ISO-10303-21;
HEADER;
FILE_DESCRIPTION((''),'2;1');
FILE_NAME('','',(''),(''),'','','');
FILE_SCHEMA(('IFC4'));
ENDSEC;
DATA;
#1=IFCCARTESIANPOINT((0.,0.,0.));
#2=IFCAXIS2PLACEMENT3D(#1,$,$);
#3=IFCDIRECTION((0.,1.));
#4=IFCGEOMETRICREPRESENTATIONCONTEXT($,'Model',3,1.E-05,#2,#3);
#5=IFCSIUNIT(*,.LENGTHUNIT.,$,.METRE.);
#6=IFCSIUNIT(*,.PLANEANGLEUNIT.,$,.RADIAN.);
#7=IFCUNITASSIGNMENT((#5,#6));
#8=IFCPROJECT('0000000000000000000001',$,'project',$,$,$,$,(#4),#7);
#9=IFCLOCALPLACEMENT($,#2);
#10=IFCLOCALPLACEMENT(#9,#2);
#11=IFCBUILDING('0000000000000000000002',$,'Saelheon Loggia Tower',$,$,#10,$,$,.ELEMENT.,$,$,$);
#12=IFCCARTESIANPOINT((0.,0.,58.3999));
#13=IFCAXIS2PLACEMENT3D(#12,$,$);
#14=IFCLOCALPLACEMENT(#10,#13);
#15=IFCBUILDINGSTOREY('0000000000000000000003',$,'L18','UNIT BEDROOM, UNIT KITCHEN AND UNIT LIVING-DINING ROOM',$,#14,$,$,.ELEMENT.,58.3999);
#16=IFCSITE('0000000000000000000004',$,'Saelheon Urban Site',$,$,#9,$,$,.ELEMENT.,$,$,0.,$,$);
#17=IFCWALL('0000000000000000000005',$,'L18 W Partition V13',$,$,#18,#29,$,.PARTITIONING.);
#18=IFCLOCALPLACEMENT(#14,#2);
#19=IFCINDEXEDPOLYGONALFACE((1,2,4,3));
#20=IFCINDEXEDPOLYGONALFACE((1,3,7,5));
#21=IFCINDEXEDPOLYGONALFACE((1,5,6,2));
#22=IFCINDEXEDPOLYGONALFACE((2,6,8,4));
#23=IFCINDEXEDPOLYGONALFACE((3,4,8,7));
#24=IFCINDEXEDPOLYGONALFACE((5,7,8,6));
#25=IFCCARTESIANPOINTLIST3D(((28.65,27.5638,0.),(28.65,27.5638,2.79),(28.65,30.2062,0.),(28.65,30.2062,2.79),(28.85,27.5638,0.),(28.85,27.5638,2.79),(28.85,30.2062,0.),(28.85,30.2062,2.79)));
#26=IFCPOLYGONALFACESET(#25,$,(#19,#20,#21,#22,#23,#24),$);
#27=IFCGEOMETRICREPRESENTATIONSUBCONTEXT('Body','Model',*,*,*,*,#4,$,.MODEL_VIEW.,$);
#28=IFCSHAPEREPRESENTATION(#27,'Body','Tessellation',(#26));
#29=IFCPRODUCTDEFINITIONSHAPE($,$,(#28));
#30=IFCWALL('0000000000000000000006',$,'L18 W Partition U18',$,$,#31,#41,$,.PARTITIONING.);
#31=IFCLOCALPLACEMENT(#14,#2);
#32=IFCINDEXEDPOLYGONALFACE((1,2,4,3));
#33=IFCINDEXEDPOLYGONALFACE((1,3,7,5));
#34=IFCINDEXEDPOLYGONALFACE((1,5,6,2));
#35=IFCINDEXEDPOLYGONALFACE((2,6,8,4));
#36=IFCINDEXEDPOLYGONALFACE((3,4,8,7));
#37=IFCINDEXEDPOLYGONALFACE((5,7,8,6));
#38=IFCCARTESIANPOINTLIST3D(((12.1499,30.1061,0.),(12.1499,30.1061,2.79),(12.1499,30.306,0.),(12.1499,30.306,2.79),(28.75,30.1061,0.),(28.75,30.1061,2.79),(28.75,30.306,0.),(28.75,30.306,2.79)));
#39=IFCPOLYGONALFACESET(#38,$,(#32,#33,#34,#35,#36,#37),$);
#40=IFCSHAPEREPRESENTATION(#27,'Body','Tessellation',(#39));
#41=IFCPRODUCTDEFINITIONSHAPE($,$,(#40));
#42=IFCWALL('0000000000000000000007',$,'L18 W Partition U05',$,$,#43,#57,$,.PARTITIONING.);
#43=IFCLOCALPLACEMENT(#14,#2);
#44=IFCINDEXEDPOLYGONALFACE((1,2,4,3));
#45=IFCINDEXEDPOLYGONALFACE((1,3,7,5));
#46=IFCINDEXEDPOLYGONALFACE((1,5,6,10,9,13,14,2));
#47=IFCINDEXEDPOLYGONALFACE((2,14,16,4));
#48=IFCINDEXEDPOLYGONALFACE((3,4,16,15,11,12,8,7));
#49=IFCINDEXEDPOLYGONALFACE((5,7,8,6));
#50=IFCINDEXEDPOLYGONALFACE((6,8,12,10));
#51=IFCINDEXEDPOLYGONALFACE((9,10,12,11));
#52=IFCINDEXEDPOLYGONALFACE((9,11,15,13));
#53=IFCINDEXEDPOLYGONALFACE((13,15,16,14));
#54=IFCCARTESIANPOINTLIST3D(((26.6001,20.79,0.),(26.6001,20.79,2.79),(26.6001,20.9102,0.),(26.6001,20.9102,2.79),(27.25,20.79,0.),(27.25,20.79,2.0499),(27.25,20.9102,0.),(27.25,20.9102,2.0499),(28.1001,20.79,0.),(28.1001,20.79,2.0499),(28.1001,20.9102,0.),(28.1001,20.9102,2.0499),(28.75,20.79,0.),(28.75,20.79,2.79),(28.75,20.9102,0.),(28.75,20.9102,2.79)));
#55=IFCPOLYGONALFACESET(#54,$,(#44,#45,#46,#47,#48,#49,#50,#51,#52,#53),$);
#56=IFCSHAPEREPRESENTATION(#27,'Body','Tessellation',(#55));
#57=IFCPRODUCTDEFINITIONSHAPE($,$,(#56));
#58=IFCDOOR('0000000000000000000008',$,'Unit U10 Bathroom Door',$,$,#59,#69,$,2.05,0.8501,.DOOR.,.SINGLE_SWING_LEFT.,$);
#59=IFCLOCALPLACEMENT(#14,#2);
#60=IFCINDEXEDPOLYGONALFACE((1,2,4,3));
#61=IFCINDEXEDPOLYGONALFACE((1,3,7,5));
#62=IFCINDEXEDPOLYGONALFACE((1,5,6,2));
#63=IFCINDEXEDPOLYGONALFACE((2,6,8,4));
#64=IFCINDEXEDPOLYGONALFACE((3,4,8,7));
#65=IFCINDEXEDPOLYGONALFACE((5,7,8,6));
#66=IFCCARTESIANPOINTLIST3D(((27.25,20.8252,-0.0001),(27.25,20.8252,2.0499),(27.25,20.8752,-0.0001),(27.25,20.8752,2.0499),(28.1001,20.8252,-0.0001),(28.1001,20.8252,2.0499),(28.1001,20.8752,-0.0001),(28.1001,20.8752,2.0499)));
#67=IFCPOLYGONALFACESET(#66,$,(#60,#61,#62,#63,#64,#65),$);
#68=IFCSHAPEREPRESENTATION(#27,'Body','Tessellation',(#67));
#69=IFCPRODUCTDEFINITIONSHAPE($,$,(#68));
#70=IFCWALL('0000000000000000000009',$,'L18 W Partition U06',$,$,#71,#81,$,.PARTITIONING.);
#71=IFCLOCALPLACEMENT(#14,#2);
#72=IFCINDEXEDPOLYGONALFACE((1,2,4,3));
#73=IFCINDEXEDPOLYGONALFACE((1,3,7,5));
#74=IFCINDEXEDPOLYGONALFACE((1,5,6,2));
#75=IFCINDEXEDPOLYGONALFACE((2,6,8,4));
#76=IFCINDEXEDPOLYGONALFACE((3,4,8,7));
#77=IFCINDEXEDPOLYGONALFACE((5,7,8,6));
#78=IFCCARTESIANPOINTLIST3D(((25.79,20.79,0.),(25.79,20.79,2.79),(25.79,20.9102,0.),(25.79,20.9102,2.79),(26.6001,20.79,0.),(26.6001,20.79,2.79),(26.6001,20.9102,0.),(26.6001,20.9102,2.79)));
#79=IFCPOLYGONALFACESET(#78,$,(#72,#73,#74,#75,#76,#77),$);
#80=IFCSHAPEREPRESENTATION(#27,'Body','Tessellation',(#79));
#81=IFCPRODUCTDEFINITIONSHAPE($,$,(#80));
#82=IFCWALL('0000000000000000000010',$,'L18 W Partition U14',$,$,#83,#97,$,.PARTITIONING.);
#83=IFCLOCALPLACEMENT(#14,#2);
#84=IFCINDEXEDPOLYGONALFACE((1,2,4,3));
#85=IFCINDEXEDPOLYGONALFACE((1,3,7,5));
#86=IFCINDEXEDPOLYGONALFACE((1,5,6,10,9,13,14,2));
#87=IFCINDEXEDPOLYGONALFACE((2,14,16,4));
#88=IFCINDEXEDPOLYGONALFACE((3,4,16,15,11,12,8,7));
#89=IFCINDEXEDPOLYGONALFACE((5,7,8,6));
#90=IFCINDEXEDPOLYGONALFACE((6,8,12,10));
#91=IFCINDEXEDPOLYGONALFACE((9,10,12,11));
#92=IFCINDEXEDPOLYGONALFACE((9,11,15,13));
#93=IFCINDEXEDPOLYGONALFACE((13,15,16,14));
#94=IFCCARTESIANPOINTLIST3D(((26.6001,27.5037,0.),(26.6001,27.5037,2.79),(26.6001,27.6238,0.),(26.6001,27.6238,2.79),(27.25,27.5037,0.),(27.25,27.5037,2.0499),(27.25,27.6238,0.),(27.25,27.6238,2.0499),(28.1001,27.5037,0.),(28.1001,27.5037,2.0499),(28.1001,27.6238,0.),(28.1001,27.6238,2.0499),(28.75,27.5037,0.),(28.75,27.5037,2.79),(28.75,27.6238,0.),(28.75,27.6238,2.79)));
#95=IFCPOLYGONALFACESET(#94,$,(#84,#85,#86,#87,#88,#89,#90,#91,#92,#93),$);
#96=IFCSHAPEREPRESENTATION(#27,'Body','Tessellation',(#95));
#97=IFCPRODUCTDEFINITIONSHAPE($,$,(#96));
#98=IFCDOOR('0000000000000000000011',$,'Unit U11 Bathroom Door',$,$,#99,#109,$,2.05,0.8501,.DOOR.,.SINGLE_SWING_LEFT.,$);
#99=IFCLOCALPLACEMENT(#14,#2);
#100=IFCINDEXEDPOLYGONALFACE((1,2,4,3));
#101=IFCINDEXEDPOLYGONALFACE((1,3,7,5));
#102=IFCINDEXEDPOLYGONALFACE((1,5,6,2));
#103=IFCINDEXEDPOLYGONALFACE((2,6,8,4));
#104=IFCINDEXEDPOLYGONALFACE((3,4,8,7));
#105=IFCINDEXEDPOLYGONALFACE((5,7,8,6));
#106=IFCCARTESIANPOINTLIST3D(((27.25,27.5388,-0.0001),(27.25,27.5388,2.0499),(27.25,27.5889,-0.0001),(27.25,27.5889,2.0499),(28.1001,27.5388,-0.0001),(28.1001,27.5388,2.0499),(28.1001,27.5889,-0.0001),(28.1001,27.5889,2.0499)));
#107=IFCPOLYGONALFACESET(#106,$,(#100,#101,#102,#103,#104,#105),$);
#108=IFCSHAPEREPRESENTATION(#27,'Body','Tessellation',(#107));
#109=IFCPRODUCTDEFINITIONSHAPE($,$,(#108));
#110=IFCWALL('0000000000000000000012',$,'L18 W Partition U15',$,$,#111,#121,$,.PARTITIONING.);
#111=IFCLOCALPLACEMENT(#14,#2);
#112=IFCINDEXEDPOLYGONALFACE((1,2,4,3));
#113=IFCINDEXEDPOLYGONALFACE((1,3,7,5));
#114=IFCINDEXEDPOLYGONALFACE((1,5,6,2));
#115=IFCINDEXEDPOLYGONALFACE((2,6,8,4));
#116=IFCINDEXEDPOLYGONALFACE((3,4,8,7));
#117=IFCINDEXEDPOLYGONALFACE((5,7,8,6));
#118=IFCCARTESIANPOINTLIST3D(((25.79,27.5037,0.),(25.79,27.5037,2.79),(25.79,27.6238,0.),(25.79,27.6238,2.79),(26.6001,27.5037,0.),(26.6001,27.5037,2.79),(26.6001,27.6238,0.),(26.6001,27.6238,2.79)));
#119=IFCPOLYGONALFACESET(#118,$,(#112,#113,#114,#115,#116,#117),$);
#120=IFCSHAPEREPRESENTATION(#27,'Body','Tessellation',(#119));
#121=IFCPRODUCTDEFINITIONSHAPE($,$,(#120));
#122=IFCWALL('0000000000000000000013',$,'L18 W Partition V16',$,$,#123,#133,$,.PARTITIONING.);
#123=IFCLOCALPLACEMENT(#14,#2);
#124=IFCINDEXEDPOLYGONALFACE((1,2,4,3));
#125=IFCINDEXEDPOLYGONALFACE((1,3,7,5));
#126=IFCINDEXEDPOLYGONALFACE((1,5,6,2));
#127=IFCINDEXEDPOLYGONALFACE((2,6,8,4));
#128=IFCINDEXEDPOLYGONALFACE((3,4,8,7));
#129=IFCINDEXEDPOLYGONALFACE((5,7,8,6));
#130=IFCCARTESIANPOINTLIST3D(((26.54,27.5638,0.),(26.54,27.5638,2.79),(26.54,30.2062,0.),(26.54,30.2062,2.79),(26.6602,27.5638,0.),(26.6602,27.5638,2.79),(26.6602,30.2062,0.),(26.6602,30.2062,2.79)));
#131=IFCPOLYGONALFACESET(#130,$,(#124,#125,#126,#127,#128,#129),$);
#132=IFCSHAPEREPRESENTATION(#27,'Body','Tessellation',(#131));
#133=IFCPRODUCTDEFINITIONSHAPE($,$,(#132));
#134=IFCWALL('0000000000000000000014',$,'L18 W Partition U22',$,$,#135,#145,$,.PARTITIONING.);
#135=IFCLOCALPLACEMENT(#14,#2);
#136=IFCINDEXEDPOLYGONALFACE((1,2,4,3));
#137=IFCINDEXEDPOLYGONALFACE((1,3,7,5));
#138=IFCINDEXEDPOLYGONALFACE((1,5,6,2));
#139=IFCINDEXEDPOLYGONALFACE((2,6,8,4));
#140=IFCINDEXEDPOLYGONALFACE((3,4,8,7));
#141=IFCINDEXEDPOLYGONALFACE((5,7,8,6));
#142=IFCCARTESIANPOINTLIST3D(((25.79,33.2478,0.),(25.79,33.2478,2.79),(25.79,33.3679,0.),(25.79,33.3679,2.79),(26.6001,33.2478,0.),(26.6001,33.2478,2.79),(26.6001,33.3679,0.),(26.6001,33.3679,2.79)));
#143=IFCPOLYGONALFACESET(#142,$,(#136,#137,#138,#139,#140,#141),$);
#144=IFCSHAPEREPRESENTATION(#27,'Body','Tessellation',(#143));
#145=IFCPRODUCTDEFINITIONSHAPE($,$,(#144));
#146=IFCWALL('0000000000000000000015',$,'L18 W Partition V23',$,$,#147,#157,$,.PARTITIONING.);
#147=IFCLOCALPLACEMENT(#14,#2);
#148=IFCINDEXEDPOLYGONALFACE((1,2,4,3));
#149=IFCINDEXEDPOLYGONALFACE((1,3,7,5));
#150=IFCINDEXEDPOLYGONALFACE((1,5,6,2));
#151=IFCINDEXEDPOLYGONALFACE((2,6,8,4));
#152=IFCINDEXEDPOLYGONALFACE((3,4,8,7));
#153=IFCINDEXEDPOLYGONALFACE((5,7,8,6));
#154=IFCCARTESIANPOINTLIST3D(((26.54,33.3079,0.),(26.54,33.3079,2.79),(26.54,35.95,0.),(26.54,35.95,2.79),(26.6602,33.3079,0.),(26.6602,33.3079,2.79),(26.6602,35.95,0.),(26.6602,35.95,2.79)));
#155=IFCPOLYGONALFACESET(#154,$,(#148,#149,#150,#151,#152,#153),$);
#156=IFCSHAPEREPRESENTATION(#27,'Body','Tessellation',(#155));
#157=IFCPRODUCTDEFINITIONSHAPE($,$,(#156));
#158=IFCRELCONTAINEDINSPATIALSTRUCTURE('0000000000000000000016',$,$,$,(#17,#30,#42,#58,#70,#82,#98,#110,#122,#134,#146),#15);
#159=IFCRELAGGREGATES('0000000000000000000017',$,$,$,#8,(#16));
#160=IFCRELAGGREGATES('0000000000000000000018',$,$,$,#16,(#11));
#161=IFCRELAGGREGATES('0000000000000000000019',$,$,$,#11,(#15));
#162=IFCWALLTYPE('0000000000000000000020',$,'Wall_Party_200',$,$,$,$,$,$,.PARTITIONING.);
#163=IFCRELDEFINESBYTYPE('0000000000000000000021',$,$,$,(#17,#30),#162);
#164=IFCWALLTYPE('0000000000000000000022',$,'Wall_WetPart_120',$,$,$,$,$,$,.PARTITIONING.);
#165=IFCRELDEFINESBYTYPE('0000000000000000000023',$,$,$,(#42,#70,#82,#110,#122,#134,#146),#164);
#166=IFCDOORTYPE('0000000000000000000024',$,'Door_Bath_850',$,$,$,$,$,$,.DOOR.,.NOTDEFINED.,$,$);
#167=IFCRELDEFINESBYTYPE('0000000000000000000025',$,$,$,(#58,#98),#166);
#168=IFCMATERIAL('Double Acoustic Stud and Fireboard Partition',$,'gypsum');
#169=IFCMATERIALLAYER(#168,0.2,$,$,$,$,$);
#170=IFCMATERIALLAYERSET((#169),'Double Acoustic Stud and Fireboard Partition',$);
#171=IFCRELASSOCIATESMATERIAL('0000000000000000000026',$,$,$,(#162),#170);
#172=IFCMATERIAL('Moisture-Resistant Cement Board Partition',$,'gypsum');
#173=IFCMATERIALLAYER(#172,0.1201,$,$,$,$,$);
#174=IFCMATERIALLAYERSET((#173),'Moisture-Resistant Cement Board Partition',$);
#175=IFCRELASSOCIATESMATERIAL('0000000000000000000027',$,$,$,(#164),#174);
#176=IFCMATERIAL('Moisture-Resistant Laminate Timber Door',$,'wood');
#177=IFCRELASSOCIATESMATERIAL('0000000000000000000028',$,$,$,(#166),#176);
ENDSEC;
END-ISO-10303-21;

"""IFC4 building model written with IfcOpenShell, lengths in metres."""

from ifc_helpers import new_model, si_unit, direction, frame, frame_2d, origin, place, context, subcontext, project, spatial, rectangle, extrude, source, transform, mapped, material, layer, layer_set, type_object, element, fill, save


model = new_model("IFC4")

# Units and contexts
model_context = context("Model", 3, precision=1e-05, world=origin(), true_north=direction((0.0, 1.0)))
body_context = subcontext(model_context, "Body", "Model", "MODEL_VIEW")
ifc_project = project(units=[si_unit("LENGTHUNIT", "METRE"), si_unit("PLANEANGLEUNIT", "RADIAN")], contexts=[model_context])

# Site, building, storey
site_placement = place(None, origin())
site = spatial("IfcSite", under=ifc_project, at=site_placement, Name="Saelheon Urban Site", CompositionType="ELEMENT", RefElevation=0.0)
building_placement = place(site_placement, origin())
building = spatial("IfcBuilding", under=site, at=building_placement, Name="Saelheon Loggia Tower", CompositionType="ELEMENT")
storey_placement = place(building_placement, frame((0.0, 0.0, 58.3999)))
storey = spatial("IfcBuildingStorey", under=building, at=storey_placement, Name="L18", Description="UNIT BEDROOM, UNIT KITCHEN AND UNIT LIVING-DINING ROOM", CompositionType="ELEMENT", Elevation=58.3999)

# Shared definitions
ifc_material_1 = material(Name="Double Acoustic Stud and Fireboard Partition", Category="gypsum")
ifc_layer_1 = layer(ifc_material_1, 0.2)
ifc_layer_set_1 = layer_set([ifc_layer_1], Name="Double Acoustic Stud and Fireboard Partition")
wall_type_1 = type_object("IfcWallType", Name="Wall_Party_200", PredefinedType="PARTITIONING", material=ifc_layer_set_1)

# Walls
wall_1_placement = place(storey_placement, frame((28.75, 27.5637, 0.0), z_axis=(0.0, 0.0, 1.0), x_axis=(0.0, 1.0, 0.0)))
element("IfcWall", 1, at=wall_1_placement, inside=storey, type_object=wall_type_1, Name="L18 W Partition V13", PredefinedType="PARTITIONING", context=body_context, shape_type="SweptSolid", body=[
    extrude(rectangle(XDim=2.6423, YDim=0.2, at=frame_2d((1.3213, 0.0))), origin(), (0.0, 0.0, 1.0), 2.79),
])
wall_2_placement = place(storey_placement, frame((28.75, 30.2061, 0.0), z_axis=(0.0, 0.0, 1.0), x_axis=(-1.0, 0.0, 0.0)))
element("IfcWall", 2, at=wall_2_placement, inside=storey, type_object=wall_type_1, Name="L18 W Partition U18", PredefinedType="PARTITIONING", context=body_context, shape_type="SweptSolid", body=[
    extrude(rectangle(XDim=16.6001, YDim=0.2, at=frame_2d((8.3, 0.0))), origin(), (0.0, 0.0, 1.0), 2.79),
])

# Wall, opening, door
ifc_material_2 = material(Name="Moisture-Resistant Cement Board Partition", Category="gypsum")
ifc_layer_2 = layer(ifc_material_2, 0.1201)
ifc_layer_set_2 = layer_set([ifc_layer_2], Name="Moisture-Resistant Cement Board Partition")
wall_type_2 = type_object("IfcWallType", Name="Wall_WetPart_120", PredefinedType="PARTITIONING", material=ifc_layer_set_2)
wall_3_placement = place(storey_placement, frame((28.75, 20.8501, 0.0), z_axis=(0.0, 0.0, 1.0), x_axis=(-1.0, 0.0, 0.0)))
wall_3 = element("IfcWall", 3, at=wall_3_placement, inside=storey, type_object=wall_type_2, Name="L18 W Partition U05", PredefinedType="PARTITIONING", context=body_context, shape_type="SweptSolid", body=[
    extrude(rectangle(XDim=2.1499, YDim=0.1201, at=frame_2d((1.075, 0.0))), origin(), (0.0, 0.0, 1.0), 2.79),
])
opening_1_placement = place(wall_3_placement, frame((0.6499, 0.0, 0.0)))
opening_1 = element("IfcOpeningElement", 4, at=opening_1_placement, cuts=wall_3, PredefinedType="OPENING", context=body_context, shape_type="SweptSolid", body=[
    extrude(rectangle(XDim=0.8501, YDim=2.05, at=frame_2d((0.425, 1.0249))), frame((0.0, 0.072, 0.0), z_axis=(0.0, -1.0, 0.0), x_axis=(1.0, 0.0, 0.0)), (0.0, 0.0, 1.0), 0.144),
])
ifc_material_3 = material(Name="Moisture-Resistant Laminate Timber Door", Category="wood")
door_type_1 = type_object("IfcDoorType", Name="Door_Bath_850", OperationType="NOTDEFINED", PredefinedType="DOOR", material=ifc_material_3)
shared_shape_1 = source(origin(), body_context, "Body", "SweptSolid", [
    extrude(rectangle(XDim=0.8501, YDim=2.05, at=frame_2d((0.425, 1.0249))), frame((0.0, 0.0249, 0.0), z_axis=(0.0, -1.0, 0.0), x_axis=(1.0, 0.0, 0.0)), (0.0, 0.0, 1.0), 0.05),
])
door_1_placement = place(opening_1_placement, origin())
door_1 = element("IfcDoor", 5, at=door_1_placement, inside=storey, type_object=door_type_1, Name="Unit U10 Bathroom Door", OperationType="SINGLE_SWING_LEFT", OverallHeight=2.05, OverallWidth=0.8501, PredefinedType="DOOR", context=body_context, shape_type="MappedRepresentation", body=[
    mapped(shared_shape_1, transform((0.0, 0.0, 0.0), scale=1.0)),
])
fill(opening_1, door_1)

# Wall
wall_4_placement = place(storey_placement, frame((26.6001, 20.8501, 0.0), z_axis=(0.0, 0.0, 1.0), x_axis=(-1.0, 0.0, 0.0)))
element("IfcWall", 6, at=wall_4_placement, inside=storey, type_object=wall_type_2, Name="L18 W Partition U06", PredefinedType="PARTITIONING", context=body_context, shape_type="SweptSolid", body=[
    extrude(rectangle(XDim=0.8101, YDim=0.1201, at=frame_2d((0.405, 0.0))), origin(), (0.0, 0.0, 1.0), 2.79),
])

# Wall, opening, door
wall_5_placement = place(storey_placement, frame((28.75, 27.5637, 0.0), z_axis=(0.0, 0.0, 1.0), x_axis=(-1.0, 0.0, 0.0)))
wall_5 = element("IfcWall", 7, at=wall_5_placement, inside=storey, type_object=wall_type_2, Name="L18 W Partition U14", PredefinedType="PARTITIONING", context=body_context, shape_type="SweptSolid", body=[
    extrude(rectangle(XDim=2.1499, YDim=0.1201, at=frame_2d((1.075, 0.0))), origin(), (0.0, 0.0, 1.0), 2.79),
])
opening_2_placement = place(wall_5_placement, frame((0.6499, 0.0, 0.0)))
opening_2 = element("IfcOpeningElement", 8, at=opening_2_placement, cuts=wall_5, PredefinedType="OPENING", context=body_context, shape_type="SweptSolid", body=[
    extrude(rectangle(XDim=0.8501, YDim=2.05, at=frame_2d((0.425, 1.0249))), frame((0.0, 0.072, 0.0), z_axis=(0.0, -1.0, 0.0), x_axis=(1.0, 0.0, 0.0)), (0.0, 0.0, 1.0), 0.144),
])
door_2_placement = place(opening_2_placement, origin())
door_2 = element("IfcDoor", 9, at=door_2_placement, inside=storey, type_object=door_type_1, Name="Unit U11 Bathroom Door", OperationType="SINGLE_SWING_LEFT", OverallHeight=2.05, OverallWidth=0.8501, PredefinedType="DOOR", context=body_context, shape_type="MappedRepresentation", body=[
    mapped(shared_shape_1, transform((0.0, 0.0, 0.0), scale=1.0)),
])
fill(opening_2, door_2)

# Walls
wall_6_placement = place(storey_placement, frame((26.6001, 27.5637, 0.0), z_axis=(0.0, 0.0, 1.0), x_axis=(-1.0, 0.0, 0.0)))
element("IfcWall", 10, at=wall_6_placement, inside=storey, type_object=wall_type_2, Name="L18 W Partition U15", PredefinedType="PARTITIONING", context=body_context, shape_type="SweptSolid", body=[
    extrude(rectangle(XDim=0.8101, YDim=0.1201, at=frame_2d((0.405, 0.0))), origin(), (0.0, 0.0, 1.0), 2.79),
])
wall_7_placement = place(storey_placement, frame((26.6001, 27.5637, 0.0), z_axis=(0.0, 0.0, 1.0), x_axis=(0.0, 1.0, 0.0)))
element("IfcWall", 11, at=wall_7_placement, inside=storey, type_object=wall_type_2, Name="L18 W Partition V16", PredefinedType="PARTITIONING", context=body_context, shape_type="SweptSolid", body=[
    extrude(rectangle(XDim=2.6423, YDim=0.1201, at=frame_2d((1.3213, 0.0))), origin(), (0.0, 0.0, 1.0), 2.79),
])
wall_8_placement = place(storey_placement, frame((26.6001, 33.3079, 0.0), z_axis=(0.0, 0.0, 1.0), x_axis=(-1.0, 0.0, 0.0)))
element("IfcWall", 12, at=wall_8_placement, inside=storey, type_object=wall_type_2, Name="L18 W Partition U22", PredefinedType="PARTITIONING", context=body_context, shape_type="SweptSolid", body=[
    extrude(rectangle(XDim=0.8101, YDim=0.1201, at=frame_2d((0.405, 0.0))), origin(), (0.0, 0.0, 1.0), 2.79),
])
wall_9_placement = place(storey_placement, frame((26.6001, 33.3079, 0.0), z_axis=(0.0, 0.0, 1.0), x_axis=(0.0, 1.0, 0.0)))
element("IfcWall", 13, at=wall_9_placement, inside=storey, type_object=wall_type_2, Name="L18 W Partition V23", PredefinedType="PARTITIONING", context=body_context, shape_type="SweptSolid", body=[
    extrude(rectangle(XDim=2.6421, YDim=0.1201, at=frame_2d((1.321, 0.0))), origin(), (0.0, 0.0, 1.0), 2.79),
])

save(model, "model.ifc")
